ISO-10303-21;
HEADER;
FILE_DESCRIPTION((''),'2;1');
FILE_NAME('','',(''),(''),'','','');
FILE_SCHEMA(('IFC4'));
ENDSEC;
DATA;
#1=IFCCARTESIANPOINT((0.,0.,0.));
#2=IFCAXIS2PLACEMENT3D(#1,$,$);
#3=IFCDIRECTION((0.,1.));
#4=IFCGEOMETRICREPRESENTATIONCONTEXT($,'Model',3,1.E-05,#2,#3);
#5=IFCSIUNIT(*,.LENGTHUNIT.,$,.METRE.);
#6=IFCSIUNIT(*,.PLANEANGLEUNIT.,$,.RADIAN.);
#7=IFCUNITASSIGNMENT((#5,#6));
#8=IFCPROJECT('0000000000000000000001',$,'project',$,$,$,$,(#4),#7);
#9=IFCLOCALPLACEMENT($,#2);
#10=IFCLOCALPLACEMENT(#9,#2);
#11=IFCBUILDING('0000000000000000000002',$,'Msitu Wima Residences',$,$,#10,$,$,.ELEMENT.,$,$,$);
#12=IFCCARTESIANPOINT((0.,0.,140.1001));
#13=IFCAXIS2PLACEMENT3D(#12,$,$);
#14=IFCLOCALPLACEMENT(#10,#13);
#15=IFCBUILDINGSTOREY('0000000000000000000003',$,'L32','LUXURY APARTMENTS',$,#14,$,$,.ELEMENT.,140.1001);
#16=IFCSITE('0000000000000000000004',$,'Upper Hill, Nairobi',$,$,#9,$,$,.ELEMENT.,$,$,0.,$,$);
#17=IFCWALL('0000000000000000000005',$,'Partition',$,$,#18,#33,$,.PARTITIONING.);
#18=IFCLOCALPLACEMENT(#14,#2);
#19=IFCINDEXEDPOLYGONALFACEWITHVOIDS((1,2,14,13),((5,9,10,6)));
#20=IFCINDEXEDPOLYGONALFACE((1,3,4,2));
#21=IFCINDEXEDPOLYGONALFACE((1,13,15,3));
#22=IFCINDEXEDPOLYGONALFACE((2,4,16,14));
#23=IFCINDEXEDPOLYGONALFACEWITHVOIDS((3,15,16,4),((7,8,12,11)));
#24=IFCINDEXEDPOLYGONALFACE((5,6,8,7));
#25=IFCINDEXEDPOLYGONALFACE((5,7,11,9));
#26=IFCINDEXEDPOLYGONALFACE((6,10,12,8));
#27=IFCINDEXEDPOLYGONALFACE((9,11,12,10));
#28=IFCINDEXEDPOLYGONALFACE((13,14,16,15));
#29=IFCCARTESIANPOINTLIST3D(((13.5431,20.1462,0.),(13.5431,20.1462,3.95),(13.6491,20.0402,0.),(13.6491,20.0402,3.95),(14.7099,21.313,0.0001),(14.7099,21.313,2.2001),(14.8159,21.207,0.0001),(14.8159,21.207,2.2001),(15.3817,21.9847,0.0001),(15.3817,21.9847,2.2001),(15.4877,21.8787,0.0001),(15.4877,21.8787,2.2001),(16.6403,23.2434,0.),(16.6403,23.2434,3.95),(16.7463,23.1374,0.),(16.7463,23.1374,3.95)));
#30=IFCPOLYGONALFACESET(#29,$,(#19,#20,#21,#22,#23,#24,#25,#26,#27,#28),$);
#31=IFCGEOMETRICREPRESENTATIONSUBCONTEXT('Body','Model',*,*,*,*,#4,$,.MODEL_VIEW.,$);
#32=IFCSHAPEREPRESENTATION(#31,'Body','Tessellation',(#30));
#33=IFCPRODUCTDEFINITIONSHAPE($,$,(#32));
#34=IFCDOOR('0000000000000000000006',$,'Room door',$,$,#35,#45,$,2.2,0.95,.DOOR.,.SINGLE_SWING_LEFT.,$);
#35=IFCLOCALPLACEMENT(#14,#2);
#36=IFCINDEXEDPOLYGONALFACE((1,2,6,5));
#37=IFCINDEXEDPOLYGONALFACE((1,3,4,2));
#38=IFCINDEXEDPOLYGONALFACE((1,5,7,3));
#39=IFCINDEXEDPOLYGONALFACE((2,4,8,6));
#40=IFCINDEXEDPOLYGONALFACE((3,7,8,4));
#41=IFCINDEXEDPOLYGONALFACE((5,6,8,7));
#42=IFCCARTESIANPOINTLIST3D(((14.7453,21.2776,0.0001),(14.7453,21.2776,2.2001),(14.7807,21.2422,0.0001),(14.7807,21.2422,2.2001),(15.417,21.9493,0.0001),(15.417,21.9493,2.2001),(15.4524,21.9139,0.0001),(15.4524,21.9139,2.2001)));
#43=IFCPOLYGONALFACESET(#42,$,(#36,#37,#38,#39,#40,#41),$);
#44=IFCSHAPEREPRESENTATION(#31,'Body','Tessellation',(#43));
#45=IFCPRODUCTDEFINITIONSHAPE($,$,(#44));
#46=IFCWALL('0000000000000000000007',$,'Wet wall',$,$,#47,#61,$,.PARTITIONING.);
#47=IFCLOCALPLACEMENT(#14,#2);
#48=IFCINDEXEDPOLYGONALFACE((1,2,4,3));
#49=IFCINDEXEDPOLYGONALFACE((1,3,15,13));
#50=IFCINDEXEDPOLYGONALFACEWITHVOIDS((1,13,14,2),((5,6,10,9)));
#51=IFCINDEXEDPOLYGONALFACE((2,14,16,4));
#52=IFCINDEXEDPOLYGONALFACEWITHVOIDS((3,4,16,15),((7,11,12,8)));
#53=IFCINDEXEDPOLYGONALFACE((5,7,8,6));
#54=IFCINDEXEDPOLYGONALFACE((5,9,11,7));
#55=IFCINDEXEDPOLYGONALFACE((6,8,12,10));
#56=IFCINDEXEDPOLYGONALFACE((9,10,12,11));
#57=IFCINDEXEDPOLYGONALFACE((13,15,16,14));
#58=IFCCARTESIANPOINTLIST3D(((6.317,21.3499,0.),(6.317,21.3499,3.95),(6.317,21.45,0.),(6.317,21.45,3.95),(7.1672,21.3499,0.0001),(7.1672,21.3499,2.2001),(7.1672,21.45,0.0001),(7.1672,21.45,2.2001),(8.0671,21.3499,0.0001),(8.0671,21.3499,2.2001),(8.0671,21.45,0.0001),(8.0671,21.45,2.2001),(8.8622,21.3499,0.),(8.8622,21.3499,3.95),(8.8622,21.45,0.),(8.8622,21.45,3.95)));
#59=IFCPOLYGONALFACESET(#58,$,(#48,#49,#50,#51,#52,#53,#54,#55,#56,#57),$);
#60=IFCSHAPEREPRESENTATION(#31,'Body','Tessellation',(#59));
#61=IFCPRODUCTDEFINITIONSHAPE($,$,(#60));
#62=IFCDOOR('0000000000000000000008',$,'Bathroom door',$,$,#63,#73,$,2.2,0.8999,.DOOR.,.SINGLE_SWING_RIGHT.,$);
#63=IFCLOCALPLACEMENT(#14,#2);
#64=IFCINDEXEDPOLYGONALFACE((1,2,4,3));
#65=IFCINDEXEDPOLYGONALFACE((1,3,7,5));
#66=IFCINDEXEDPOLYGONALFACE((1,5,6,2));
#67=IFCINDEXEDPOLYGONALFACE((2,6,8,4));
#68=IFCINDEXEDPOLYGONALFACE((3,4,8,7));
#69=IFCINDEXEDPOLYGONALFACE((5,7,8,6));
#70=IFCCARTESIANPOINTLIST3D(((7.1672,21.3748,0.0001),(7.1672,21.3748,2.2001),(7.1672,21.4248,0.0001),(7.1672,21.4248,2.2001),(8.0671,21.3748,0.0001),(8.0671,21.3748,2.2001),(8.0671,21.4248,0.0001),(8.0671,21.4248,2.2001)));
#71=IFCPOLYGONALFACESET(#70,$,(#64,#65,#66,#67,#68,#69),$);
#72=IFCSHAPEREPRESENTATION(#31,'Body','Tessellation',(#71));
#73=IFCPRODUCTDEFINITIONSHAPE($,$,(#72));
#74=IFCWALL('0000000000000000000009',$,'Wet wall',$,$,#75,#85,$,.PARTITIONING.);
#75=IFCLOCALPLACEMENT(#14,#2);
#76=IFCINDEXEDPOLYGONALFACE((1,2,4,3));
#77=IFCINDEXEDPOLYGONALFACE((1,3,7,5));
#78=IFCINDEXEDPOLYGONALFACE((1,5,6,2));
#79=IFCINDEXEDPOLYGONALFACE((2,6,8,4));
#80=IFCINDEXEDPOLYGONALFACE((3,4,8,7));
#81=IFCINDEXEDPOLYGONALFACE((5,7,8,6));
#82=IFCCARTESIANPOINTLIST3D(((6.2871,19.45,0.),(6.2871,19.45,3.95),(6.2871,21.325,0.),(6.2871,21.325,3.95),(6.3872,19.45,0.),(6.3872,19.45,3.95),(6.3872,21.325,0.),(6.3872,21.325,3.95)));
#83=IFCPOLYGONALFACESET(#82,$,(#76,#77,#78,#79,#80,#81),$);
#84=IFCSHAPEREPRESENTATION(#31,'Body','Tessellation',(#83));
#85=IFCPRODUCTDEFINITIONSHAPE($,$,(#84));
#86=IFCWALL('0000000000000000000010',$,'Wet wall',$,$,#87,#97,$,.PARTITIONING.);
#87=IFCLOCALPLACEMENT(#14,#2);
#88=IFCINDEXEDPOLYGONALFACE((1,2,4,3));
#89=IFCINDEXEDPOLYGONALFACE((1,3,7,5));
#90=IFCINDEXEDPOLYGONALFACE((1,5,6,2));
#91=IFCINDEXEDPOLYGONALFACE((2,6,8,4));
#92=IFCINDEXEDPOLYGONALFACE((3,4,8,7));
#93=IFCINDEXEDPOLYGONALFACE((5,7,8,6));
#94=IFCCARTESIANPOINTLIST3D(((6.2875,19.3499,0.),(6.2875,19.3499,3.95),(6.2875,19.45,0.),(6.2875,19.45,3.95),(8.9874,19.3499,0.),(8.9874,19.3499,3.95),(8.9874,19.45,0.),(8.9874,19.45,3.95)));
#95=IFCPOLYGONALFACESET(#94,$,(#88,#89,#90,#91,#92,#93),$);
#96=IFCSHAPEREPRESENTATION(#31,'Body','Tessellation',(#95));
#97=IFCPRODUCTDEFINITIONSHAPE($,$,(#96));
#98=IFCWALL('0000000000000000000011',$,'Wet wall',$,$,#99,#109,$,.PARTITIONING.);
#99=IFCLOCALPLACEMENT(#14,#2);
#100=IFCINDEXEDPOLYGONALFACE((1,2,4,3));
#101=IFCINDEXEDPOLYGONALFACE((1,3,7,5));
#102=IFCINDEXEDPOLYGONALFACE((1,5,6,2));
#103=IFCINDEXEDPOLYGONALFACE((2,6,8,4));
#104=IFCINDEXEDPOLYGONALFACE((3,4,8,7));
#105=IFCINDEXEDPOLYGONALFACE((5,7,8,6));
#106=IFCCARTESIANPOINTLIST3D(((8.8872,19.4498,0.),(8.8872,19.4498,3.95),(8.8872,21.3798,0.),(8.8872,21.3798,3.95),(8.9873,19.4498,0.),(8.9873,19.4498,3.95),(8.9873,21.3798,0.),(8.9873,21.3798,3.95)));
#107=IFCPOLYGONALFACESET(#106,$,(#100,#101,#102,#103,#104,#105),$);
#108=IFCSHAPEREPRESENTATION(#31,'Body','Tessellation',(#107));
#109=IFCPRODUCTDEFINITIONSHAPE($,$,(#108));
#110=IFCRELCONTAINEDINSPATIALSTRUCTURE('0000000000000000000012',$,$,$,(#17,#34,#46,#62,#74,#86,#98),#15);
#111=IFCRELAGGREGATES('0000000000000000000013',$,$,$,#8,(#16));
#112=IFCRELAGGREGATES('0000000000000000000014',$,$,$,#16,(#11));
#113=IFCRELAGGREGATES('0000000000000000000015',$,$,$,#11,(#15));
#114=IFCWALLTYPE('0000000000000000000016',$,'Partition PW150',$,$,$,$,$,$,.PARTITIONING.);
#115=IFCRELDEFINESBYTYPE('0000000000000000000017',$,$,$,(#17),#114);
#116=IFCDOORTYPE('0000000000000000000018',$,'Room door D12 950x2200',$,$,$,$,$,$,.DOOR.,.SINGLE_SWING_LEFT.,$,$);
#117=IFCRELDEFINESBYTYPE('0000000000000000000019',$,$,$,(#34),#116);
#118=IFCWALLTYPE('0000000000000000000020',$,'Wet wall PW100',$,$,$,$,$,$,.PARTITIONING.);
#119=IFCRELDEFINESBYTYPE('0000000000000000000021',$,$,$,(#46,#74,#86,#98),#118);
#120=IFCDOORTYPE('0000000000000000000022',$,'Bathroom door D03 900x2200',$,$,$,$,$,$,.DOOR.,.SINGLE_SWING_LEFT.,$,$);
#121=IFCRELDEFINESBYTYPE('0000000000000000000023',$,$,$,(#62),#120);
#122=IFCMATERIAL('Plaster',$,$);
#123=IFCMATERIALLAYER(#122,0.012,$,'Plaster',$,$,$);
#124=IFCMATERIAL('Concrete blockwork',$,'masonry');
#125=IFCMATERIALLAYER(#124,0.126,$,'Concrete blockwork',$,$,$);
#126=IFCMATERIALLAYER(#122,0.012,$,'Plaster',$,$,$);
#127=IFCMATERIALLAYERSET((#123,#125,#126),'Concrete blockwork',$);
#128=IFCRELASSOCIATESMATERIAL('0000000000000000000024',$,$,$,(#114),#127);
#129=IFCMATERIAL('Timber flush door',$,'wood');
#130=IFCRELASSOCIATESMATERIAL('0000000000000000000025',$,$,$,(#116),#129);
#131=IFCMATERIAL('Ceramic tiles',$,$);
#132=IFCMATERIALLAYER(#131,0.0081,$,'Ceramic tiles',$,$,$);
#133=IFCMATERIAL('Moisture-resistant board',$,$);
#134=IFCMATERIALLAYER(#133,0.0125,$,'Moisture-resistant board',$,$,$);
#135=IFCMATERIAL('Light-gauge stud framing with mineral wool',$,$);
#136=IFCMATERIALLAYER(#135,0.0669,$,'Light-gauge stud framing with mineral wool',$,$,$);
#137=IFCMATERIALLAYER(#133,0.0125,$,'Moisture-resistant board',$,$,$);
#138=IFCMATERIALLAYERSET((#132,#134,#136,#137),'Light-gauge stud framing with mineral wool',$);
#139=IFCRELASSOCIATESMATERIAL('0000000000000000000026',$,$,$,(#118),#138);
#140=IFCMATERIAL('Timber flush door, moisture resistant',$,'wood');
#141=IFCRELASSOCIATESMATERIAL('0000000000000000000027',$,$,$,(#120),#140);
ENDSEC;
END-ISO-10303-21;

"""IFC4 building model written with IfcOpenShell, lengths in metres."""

from ifc_helpers import new_model, si_unit, direction, frame, frame_2d, origin, place, context, subcontext, project, spatial, rectangle, extrude, material, layer, layer_set, type_object, element, fill, save


model = new_model("IFC4")

# Units and contexts
model_context = context("Model", 3, precision=1e-05, world=origin(), true_north=direction((0.0, 1.0)))
body_context = subcontext(model_context, "Body", "Model", "MODEL_VIEW")
ifc_project = project(units=[si_unit("LENGTHUNIT", "METRE"), si_unit("PLANEANGLEUNIT", "RADIAN")], contexts=[model_context])

# Site, building, storey
site_placement = place(None, origin())
site = spatial("IfcSite", under=ifc_project, at=site_placement, Name="Upper Hill, Nairobi", CompositionType="ELEMENT", RefElevation=0.0)
building_placement = place(site_placement, origin())
building = spatial("IfcBuilding", under=site, at=building_placement, Name="Msitu Wima Residences", CompositionType="ELEMENT")
storey_placement = place(building_placement, frame((0.0, 0.0, 140.1001)))
storey = spatial("IfcBuildingStorey", under=building, at=storey_placement, Name="L32", Description="LUXURY APARTMENTS", CompositionType="ELEMENT", Elevation=140.1001)

# Shared definitions
ifc_material_1 = material(Name="Plaster")
ifc_layer_1 = layer(ifc_material_1, 0.012, Name="Plaster")
ifc_material_2 = material(Name="Concrete blockwork", Category="masonry")
ifc_layer_2 = layer(ifc_material_2, 0.126, Name="Concrete blockwork")
ifc_layer_3 = layer(ifc_material_1, 0.012, Name="Plaster")
ifc_layer_set_1 = layer_set([ifc_layer_1, ifc_layer_2, ifc_layer_3], Name="Concrete blockwork")
wall_type_1 = type_object("IfcWallType", Name="Partition PW150", PredefinedType="PARTITIONING", material=ifc_layer_set_1)
ifc_material_3 = material(Name="Timber flush door", Category="wood")
door_type_1 = type_object("IfcDoorType", Name="Room door D12 950x2200", OperationType="SINGLE_SWING_LEFT", PredefinedType="DOOR", material=ifc_material_3)

# Walls, openings, doors
wall_1_placement = place(storey_placement, frame((13.5962, 20.0933, 0.0), z_axis=(0.0, 0.0, 1.0), x_axis=(0.707107, 0.707107, 0.0)))
wall_1 = element("IfcWall", 1, at=wall_1_placement, inside=storey, type_object=wall_type_1, Name="Partition", PredefinedType="PARTITIONING", context=body_context, shape_type="SweptSolid", body=[
    extrude(rectangle(XDim=4.3801, YDim=0.1499, at=frame_2d((2.1899, 0.0))), origin(), (0.0, 0.0, 1.0), 3.95),
])
opening_1_placement = place(wall_1_placement, frame((1.6499, 0.0, 0.0)))
opening_1 = element("IfcOpeningElement", 2, at=opening_1_placement, cuts=wall_1, PredefinedType="OPENING", context=body_context, shape_type="SweptSolid", body=[
    extrude(rectangle(XDim=0.95, YDim=2.2, at=frame_2d((0.4751, 1.1001))), frame((0.0, 0.085, 0.0), z_axis=(0.0, -1.0, 0.0), x_axis=(1.0, 0.0, 0.0)), (0.0, 0.0, 1.0), 0.1699),
])
door_1_placement = place(opening_1_placement, origin())
door_1 = element("IfcDoor", 3, at=door_1_placement, inside=storey, type_object=door_type_1, Name="Room door", OperationType="SINGLE_SWING_LEFT", OverallHeight=2.2, OverallWidth=0.95, PredefinedType="DOOR", context=body_context, shape_type="SweptSolid", body=[
    extrude(rectangle(XDim=0.95, YDim=2.2, at=frame_2d((0.4751, 1.1001))), frame((0.0, 0.0249, 0.0), z_axis=(0.0, -1.0, 0.0), x_axis=(1.0, 0.0, 0.0)), (0.0, 0.0, 1.0), 0.05),
])
fill(opening_1, door_1)
ifc_material_4 = material(Name="Ceramic tiles")
ifc_layer_4 = layer(ifc_material_4, 0.0081, Name="Ceramic tiles")
ifc_material_5 = material(Name="Moisture-resistant board")
ifc_layer_5 = layer(ifc_material_5, 0.0125, Name="Moisture-resistant board")
ifc_material_6 = material(Name="Light-gauge stud framing with mineral wool")
ifc_layer_6 = layer(ifc_material_6, 0.0669, Name="Light-gauge stud framing with mineral wool")
ifc_layer_7 = layer(ifc_material_5, 0.0125, Name="Moisture-resistant board")
ifc_layer_set_2 = layer_set([ifc_layer_4, ifc_layer_5, ifc_layer_6, ifc_layer_7], Name="Light-gauge stud framing with mineral wool")
wall_type_2 = type_object("IfcWallType", Name="Wet wall PW100", PredefinedType="PARTITIONING", material=ifc_layer_set_2)
wall_2_placement = place(storey_placement, frame((6.3171, 21.3999, 0.0), z_axis=(0.0, 0.0, 1.0), x_axis=(1.0, 0.0, 0.0)))
wall_2 = element("IfcWall", 4, at=wall_2_placement, inside=storey, type_object=wall_type_2, Name="Wet wall", PredefinedType="PARTITIONING", context=body_context, shape_type="SweptSolid", body=[
    extrude(rectangle(XDim=2.5452, YDim=0.1001, at=frame_2d((1.2725, 0.0))), origin(), (0.0, 0.0, 1.0), 3.95),
])
opening_2_placement = place(wall_2_placement, frame((0.8501, 0.0, 0.0)))
opening_2 = element("IfcOpeningElement", 5, at=opening_2_placement, cuts=wall_2, PredefinedType="OPENING", context=body_context, shape_type="SweptSolid", body=[
    extrude(rectangle(XDim=0.8999, YDim=2.2, at=frame_2d((0.45, 1.1001))), frame((0.0, 0.0601, 0.0), z_axis=(0.0, -1.0, 0.0), x_axis=(1.0, 0.0, 0.0)), (0.0, 0.0, 1.0), 0.1201),
])
ifc_material_7 = material(Name="Timber flush door, moisture resistant", Category="wood")
door_type_2 = type_object("IfcDoorType", Name="Bathroom door D03 900x2200", OperationType="SINGLE_SWING_LEFT", PredefinedType="DOOR", material=ifc_material_7)
door_2_placement = place(opening_2_placement, origin())
door_2 = element("IfcDoor", 6, at=door_2_placement, inside=storey, type_object=door_type_2, Name="Bathroom door", OperationType="SINGLE_SWING_RIGHT", OverallHeight=2.2, OverallWidth=0.8999, PredefinedType="DOOR", context=body_context, shape_type="SweptSolid", body=[
    extrude(rectangle(XDim=0.8999, YDim=2.2, at=frame_2d((0.45, 1.1001))), frame((0.0, 0.0249, 0.0), z_axis=(0.0, -1.0, 0.0), x_axis=(1.0, 0.0, 0.0)), (0.0, 0.0, 1.0), 0.05),
])
fill(opening_2, door_2)

# Walls
wall_3_placement = place(storey_placement, frame((6.3372, 19.45, 0.0), z_axis=(0.0, 0.0, 1.0), x_axis=(0.0, 1.0, 0.0)))
element("IfcWall", 7, at=wall_3_placement, inside=storey, type_object=wall_type_2, Name="Wet wall", PredefinedType="PARTITIONING", context=body_context, shape_type="SweptSolid", body=[
    extrude(rectangle(XDim=1.875, YDim=0.1001, at=frame_2d((0.9375, 0.0))), origin(), (0.0, 0.0, 1.0), 3.95),
])
wall_4_placement = place(storey_placement, frame((6.2874, 19.3999, 0.0), z_axis=(0.0, 0.0, 1.0), x_axis=(1.0, 0.0, 0.0)))
element("IfcWall", 8, at=wall_4_placement, inside=storey, type_object=wall_type_2, Name="Wet wall", PredefinedType="PARTITIONING", context=body_context, shape_type="SweptSolid", body=[
    extrude(rectangle(XDim=2.7, YDim=0.1001, at=frame_2d((1.3501, 0.0))), origin(), (0.0, 0.0, 1.0), 3.95),
])
wall_5_placement = place(storey_placement, frame((8.9373, 19.45, 0.0), z_axis=(0.0, 0.0, 1.0), x_axis=(0.0, 1.0, 0.0)))
element("IfcWall", 9, at=wall_5_placement, inside=storey, type_object=wall_type_2, Name="Wet wall", PredefinedType="PARTITIONING", context=body_context, shape_type="SweptSolid", body=[
    extrude(rectangle(XDim=1.9299, YDim=0.1001, at=frame_2d((0.9648, 0.0))), origin(), (0.0, 0.0, 1.0), 3.95),
])

save(model, "model.ifc")
